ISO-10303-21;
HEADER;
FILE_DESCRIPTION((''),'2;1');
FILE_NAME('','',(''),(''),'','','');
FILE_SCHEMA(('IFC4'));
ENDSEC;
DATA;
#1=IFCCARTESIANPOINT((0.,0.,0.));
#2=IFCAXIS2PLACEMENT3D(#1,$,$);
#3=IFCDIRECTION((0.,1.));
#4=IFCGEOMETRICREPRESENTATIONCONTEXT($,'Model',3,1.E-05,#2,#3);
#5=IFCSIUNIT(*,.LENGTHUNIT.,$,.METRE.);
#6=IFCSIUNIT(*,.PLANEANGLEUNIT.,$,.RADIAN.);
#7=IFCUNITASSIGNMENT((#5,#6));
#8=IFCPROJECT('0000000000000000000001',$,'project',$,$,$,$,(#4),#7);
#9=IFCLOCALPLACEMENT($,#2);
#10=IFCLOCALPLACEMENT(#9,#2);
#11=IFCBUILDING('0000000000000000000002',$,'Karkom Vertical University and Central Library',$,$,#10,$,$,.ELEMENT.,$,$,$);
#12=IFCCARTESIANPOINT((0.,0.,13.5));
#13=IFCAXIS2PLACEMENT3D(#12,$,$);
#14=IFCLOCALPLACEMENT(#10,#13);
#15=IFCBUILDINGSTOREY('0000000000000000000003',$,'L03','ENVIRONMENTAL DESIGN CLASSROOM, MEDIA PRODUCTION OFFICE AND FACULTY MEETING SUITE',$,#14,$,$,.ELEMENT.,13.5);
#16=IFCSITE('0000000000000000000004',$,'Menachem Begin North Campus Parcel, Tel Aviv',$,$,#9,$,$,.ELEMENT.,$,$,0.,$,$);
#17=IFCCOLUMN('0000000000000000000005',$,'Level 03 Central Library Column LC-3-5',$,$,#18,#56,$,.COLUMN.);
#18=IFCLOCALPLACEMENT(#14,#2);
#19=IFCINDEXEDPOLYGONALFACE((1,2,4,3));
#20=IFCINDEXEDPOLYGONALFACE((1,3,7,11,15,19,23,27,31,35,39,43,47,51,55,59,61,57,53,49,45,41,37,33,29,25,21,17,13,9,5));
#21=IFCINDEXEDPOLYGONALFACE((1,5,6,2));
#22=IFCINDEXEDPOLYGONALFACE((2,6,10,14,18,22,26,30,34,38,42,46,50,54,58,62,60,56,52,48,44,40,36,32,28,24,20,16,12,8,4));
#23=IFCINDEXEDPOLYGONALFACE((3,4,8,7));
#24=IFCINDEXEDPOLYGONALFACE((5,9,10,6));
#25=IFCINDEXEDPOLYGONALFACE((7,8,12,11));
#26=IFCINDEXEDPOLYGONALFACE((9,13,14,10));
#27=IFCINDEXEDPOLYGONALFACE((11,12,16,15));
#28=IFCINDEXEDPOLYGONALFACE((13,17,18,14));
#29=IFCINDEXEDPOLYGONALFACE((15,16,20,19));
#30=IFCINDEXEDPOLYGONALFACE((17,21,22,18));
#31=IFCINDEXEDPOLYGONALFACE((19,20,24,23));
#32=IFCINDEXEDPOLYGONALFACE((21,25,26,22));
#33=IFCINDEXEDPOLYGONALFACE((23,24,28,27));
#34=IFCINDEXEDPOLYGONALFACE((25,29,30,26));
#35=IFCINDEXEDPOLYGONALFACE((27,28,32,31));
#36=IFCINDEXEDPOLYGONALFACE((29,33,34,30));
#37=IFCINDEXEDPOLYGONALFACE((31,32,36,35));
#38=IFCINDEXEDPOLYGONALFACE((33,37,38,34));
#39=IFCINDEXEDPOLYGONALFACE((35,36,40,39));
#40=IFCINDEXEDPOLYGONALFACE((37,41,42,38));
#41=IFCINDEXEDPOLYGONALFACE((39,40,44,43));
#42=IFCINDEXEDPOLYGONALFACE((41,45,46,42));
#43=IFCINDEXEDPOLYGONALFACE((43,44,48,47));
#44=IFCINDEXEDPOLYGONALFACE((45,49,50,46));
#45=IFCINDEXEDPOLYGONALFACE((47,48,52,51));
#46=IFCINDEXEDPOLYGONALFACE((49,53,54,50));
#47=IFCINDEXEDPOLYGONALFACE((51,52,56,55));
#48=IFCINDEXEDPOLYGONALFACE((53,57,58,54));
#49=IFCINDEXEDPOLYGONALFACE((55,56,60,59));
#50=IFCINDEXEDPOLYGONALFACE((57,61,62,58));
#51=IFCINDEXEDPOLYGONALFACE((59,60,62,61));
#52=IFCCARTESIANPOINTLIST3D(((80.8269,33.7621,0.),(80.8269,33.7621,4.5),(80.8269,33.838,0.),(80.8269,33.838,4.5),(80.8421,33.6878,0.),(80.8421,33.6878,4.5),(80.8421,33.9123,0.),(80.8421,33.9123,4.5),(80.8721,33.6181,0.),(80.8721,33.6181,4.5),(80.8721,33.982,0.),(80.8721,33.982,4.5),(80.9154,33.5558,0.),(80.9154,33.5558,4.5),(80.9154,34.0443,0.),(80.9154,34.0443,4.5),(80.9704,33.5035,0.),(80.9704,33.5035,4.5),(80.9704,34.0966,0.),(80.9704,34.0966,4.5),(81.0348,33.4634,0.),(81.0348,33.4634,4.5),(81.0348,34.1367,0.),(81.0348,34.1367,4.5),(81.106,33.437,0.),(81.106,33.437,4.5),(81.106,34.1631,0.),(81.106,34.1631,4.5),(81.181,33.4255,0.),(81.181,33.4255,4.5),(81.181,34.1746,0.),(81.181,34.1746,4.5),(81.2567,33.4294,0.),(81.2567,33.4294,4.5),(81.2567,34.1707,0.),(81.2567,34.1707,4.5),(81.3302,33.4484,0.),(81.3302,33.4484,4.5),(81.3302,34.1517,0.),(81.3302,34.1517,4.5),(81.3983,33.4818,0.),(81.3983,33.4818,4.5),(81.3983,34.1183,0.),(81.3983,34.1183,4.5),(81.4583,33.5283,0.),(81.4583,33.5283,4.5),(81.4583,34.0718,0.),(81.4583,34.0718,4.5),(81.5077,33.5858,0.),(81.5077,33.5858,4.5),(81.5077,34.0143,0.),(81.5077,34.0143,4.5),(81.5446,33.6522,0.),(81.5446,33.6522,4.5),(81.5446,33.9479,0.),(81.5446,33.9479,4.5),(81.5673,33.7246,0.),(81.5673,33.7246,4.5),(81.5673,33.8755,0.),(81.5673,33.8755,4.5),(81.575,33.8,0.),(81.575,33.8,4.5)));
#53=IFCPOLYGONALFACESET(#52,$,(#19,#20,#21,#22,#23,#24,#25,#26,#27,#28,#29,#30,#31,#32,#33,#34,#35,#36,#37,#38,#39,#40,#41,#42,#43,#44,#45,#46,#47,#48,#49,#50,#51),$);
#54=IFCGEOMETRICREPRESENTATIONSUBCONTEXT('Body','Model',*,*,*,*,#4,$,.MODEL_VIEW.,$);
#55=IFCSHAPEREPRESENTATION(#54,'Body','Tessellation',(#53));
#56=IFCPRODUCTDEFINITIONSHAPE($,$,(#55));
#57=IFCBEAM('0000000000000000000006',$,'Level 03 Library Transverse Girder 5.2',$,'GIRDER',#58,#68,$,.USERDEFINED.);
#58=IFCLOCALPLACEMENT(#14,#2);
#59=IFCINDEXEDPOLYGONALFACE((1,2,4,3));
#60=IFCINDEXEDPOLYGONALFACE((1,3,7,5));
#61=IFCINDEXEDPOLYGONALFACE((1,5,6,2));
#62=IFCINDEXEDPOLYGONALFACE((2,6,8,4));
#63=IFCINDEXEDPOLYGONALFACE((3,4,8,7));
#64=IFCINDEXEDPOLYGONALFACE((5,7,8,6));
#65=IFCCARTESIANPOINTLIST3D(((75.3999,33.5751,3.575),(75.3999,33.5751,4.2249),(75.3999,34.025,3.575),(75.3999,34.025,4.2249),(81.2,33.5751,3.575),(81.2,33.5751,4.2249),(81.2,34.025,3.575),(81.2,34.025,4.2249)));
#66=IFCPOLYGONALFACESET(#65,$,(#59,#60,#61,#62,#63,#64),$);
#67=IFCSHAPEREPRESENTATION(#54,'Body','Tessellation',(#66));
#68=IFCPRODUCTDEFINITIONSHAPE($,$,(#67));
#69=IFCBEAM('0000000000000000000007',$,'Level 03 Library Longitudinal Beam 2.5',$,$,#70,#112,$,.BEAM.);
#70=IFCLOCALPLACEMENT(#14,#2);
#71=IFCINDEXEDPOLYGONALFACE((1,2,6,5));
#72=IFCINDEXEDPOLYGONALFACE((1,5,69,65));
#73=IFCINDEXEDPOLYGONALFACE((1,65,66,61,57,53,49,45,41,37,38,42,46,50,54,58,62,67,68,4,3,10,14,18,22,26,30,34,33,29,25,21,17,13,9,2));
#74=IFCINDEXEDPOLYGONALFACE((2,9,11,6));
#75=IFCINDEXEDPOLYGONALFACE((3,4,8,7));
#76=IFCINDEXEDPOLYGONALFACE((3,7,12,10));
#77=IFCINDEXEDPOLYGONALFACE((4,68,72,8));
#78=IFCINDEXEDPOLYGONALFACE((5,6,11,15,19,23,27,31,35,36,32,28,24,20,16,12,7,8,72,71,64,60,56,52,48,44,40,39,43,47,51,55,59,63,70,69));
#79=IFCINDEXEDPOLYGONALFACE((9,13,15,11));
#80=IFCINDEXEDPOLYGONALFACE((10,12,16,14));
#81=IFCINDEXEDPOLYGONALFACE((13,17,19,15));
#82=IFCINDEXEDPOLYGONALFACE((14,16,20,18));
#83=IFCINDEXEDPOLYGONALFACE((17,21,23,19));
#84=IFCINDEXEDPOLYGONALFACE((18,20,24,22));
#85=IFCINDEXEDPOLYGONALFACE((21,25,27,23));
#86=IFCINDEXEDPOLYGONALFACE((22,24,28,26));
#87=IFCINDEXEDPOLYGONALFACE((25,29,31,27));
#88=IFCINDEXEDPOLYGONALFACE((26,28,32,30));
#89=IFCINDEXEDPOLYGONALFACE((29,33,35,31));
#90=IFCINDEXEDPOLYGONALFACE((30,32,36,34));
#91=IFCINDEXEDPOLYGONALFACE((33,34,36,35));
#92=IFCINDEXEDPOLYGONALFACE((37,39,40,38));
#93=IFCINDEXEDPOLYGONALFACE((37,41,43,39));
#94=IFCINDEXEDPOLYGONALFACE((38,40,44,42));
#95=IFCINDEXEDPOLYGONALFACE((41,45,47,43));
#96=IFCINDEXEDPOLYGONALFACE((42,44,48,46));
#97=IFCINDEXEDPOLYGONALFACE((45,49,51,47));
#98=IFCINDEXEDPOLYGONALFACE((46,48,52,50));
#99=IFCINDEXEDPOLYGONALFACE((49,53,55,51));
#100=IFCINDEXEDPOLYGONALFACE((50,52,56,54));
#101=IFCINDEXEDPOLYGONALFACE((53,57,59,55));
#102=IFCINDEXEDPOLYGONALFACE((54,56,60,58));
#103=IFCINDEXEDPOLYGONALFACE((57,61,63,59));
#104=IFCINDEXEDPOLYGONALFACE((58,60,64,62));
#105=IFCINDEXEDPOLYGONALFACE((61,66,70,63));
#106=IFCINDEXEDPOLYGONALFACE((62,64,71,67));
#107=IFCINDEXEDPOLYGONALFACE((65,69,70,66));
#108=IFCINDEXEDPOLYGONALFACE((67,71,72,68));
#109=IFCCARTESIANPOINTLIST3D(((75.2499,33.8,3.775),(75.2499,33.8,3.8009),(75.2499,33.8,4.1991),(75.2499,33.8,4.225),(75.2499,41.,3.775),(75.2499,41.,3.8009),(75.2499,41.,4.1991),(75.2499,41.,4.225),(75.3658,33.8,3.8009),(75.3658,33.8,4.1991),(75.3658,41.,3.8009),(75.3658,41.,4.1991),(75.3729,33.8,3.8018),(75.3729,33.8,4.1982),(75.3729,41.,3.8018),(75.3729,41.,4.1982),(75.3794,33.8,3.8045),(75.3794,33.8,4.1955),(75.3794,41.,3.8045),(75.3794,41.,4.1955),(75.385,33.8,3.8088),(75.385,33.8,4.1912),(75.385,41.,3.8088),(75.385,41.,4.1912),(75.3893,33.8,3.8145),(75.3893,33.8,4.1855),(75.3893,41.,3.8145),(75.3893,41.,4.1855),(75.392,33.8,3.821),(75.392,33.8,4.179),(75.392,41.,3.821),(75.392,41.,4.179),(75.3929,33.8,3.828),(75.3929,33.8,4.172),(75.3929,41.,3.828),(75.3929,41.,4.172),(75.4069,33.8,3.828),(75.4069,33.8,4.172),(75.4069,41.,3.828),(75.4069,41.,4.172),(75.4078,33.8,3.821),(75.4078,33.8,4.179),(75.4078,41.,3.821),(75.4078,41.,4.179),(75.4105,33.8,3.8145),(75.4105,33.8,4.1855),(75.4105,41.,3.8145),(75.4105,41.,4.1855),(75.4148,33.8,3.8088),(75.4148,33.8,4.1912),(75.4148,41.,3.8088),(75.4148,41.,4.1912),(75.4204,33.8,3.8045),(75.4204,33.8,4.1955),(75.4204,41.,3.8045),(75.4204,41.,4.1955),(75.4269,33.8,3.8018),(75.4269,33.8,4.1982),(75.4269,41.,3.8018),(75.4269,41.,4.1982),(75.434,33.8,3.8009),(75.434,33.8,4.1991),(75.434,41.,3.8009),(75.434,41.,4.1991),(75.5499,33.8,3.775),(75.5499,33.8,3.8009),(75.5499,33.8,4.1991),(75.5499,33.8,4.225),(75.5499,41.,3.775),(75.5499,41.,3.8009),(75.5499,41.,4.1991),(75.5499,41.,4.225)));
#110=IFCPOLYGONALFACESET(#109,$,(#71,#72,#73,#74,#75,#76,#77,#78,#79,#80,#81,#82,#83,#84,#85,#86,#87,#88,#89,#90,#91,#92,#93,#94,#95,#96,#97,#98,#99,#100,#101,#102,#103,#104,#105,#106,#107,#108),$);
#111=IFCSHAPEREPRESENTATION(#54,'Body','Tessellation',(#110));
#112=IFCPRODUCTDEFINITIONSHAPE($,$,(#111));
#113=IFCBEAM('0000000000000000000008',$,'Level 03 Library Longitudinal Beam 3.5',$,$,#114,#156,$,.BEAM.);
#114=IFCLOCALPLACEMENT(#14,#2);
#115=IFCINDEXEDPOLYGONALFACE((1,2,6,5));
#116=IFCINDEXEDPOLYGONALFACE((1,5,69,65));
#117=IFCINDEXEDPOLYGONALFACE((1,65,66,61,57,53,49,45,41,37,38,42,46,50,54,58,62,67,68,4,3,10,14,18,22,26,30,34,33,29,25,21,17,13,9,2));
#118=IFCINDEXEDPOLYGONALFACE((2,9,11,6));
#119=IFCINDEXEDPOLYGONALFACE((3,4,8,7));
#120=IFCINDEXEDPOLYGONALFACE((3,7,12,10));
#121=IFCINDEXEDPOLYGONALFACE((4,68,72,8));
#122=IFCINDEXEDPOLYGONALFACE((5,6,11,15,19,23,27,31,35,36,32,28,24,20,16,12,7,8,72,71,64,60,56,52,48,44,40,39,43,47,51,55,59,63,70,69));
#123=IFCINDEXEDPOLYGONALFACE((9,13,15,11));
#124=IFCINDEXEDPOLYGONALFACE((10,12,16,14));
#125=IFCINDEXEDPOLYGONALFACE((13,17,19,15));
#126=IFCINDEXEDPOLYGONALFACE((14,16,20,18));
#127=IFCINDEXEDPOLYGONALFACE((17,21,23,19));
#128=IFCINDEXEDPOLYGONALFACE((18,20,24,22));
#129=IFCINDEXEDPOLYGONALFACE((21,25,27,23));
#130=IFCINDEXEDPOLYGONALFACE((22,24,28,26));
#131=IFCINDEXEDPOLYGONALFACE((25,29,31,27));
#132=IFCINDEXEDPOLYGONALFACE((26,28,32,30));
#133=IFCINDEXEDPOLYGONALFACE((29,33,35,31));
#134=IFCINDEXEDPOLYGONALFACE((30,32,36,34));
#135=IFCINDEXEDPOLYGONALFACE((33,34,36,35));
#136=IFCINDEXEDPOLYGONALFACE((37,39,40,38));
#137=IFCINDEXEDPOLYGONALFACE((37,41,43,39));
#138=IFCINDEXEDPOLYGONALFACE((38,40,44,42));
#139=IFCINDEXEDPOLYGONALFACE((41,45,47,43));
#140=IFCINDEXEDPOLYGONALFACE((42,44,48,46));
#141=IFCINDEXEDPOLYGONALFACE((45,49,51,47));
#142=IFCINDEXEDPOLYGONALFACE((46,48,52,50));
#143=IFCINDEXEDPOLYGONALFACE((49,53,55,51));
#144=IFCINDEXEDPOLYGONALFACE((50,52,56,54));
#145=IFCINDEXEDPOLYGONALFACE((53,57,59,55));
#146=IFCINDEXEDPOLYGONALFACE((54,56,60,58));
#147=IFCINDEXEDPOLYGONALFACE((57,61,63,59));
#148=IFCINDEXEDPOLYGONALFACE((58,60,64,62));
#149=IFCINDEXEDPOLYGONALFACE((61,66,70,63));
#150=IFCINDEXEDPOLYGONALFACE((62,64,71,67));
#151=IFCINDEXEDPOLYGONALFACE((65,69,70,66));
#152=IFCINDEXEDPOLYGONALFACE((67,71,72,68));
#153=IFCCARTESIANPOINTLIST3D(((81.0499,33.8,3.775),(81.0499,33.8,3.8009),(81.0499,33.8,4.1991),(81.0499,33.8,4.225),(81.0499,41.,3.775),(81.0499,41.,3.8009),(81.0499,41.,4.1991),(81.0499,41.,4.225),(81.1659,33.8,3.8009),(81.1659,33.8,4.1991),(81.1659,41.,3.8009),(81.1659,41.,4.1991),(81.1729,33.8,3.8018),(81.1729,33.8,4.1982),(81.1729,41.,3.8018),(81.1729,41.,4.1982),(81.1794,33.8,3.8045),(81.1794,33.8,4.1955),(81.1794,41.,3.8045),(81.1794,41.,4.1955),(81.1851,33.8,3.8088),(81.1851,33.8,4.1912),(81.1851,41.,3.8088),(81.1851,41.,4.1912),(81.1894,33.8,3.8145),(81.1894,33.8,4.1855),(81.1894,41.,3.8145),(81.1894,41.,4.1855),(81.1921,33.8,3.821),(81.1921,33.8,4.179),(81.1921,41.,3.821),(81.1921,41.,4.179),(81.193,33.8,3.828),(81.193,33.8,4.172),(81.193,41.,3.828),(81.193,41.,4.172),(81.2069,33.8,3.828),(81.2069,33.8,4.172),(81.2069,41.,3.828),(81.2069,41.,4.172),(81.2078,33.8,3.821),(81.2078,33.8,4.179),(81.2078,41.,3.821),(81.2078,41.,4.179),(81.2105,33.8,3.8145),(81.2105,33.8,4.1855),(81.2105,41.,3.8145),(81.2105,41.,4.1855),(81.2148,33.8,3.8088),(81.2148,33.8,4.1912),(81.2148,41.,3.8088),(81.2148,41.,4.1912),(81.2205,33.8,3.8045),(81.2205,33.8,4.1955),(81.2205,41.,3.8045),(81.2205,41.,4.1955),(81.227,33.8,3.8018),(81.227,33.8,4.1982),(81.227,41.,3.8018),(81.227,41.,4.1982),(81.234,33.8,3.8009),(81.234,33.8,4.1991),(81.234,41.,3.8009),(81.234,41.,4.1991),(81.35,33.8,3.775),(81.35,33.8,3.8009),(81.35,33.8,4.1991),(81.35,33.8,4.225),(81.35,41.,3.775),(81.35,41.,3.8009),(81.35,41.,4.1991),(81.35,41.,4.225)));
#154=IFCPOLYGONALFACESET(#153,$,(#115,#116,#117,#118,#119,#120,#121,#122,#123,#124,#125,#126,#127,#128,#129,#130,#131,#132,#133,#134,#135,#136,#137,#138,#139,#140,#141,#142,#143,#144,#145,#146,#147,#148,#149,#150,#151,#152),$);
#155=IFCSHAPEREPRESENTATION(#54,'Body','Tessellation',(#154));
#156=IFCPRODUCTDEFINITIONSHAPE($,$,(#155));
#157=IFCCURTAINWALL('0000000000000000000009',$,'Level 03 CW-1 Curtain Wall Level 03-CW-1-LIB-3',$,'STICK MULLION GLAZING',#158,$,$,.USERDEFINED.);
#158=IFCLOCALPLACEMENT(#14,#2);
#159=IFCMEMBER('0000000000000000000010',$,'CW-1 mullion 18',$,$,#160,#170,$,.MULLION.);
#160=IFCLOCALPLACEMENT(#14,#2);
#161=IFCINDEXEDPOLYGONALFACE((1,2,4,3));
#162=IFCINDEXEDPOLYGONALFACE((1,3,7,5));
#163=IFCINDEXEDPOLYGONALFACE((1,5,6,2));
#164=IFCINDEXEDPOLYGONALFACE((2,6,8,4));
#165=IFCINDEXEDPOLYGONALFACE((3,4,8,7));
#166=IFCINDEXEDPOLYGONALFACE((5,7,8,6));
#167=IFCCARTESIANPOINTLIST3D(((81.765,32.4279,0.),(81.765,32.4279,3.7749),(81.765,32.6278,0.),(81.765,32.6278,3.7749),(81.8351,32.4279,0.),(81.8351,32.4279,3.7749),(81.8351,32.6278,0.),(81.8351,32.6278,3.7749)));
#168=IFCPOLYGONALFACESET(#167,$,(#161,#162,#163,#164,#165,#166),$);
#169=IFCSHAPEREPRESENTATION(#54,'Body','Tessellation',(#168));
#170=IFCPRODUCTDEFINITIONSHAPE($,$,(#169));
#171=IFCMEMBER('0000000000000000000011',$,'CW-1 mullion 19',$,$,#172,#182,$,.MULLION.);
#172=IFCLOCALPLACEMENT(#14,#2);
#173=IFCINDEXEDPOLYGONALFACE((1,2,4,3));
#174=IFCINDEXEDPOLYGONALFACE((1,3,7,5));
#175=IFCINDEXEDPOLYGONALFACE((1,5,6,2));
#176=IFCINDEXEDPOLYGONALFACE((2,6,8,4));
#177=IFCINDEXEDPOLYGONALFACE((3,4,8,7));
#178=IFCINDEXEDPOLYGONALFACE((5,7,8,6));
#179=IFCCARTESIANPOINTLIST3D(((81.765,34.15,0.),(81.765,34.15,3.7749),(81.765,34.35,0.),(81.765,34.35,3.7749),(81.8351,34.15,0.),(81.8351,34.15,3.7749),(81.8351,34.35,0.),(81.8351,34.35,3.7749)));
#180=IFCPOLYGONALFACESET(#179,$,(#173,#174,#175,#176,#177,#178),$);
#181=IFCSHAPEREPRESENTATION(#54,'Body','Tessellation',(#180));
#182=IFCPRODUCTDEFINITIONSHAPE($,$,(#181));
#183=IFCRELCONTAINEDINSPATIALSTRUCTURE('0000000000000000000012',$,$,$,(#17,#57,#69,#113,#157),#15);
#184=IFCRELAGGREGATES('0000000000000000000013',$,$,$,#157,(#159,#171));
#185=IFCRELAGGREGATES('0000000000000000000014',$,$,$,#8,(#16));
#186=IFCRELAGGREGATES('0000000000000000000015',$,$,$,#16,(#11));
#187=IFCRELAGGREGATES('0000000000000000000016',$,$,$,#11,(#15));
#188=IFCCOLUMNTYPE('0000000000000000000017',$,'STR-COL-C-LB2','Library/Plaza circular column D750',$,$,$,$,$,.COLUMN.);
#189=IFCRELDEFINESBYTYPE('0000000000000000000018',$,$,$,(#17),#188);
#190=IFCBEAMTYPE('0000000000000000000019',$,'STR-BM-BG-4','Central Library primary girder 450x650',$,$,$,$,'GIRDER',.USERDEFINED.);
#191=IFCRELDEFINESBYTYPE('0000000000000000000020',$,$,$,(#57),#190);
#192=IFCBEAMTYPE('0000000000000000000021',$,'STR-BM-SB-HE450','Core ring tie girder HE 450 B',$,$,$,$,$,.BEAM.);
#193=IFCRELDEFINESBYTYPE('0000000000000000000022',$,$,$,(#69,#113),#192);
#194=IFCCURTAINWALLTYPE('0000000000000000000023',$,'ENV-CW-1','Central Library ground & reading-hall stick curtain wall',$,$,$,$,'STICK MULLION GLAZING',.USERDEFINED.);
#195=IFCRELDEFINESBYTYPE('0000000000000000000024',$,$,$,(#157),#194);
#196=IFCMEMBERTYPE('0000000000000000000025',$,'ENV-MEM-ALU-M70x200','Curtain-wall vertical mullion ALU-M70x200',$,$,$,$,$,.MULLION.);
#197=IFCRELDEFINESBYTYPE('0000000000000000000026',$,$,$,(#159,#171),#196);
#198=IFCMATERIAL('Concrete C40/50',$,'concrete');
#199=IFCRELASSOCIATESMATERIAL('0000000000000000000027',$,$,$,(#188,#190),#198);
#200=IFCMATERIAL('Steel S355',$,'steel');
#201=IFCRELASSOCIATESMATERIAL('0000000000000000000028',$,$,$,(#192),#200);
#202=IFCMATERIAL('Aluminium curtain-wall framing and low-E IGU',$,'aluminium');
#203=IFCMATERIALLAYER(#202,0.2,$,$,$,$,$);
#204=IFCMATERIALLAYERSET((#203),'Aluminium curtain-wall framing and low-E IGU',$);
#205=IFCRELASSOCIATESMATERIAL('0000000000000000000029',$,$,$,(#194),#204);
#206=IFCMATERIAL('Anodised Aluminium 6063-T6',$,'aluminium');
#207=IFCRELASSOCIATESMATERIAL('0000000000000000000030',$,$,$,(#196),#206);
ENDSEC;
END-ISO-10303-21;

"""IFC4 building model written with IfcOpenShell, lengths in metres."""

from ifc_helpers import new_model, si_unit, direction, frame, origin, origin_with_axes, origin_2d, place, context, subcontext, project, spatial, rectangle, circle, i_section, extrude, source, transform, mapped, material, layer, layer_set, material_profile, profile_set, type_object, element, aggregate, save


model = new_model("IFC4")

# Units and contexts
model_context = context("Model", 3, precision=1e-05, world=origin(), true_north=direction((0.0, 1.0)))
body_context = subcontext(model_context, "Body", "Model", "MODEL_VIEW")
ifc_project = project(units=[si_unit("LENGTHUNIT", "METRE"), si_unit("PLANEANGLEUNIT", "RADIAN")], contexts=[model_context])

# Site, building, storey
site_placement = place(None, origin())
site = spatial("IfcSite", under=ifc_project, at=site_placement, Name="Menachem Begin North Campus Parcel, Tel Aviv", CompositionType="ELEMENT", RefElevation=0.0)
building_placement = place(site_placement, origin())
building = spatial("IfcBuilding", under=site, at=building_placement, Name="Karkom Vertical University and Central Library", CompositionType="ELEMENT")
storey_placement = place(building_placement, frame((0.0, 0.0, 13.5)))
storey = spatial("IfcBuildingStorey", under=building, at=storey_placement, Name="L03", Description="ENVIRONMENTAL DESIGN CLASSROOM, MEDIA PRODUCTION OFFICE AND FACULTY MEETING SUITE", CompositionType="ELEMENT", Elevation=13.5)

# Column
ifc_material_1 = material(Name="Concrete C40/50", Category="concrete")
ifc_material_profile_1 = material_profile(ifc_material_1, circle(Radius=0.375, at=origin_2d()), Name="RC-D750")
ifc_profile_set_1 = profile_set([ifc_material_profile_1], Name="Concrete C40/50")
column_type = type_object("IfcColumnType", Name="STR-COL-C-LB2", Description="Library/Plaza circular column D750", PredefinedType="COLUMN", material=ifc_profile_set_1)
shared_shape_1 = source(origin_with_axes(), body_context, "Body", "SweptSolid", [
    extrude(circle(Radius=0.375, at=origin_2d()), origin(), (0.0, 0.0, 1.0), 4.5),
])
column_placement = place(storey_placement, frame((81.2, 33.8, 0.0), z_axis=(0.0, 0.0, 1.0), x_axis=(1.0, 0.0, 0.0)))
element("IfcColumn", 1, at=column_placement, inside=storey, type_object=column_type, Name="Level 03 Central Library Column LC-3-5", PredefinedType="COLUMN", context=body_context, shape_type="MappedRepresentation", body=[
    mapped(shared_shape_1, transform((0.0, 0.0, 0.0), scale=1.0)),
])

# Beams
ifc_material_profile_2 = material_profile(ifc_material_1, rectangle(XDim=0.45, YDim=0.6499, at=origin_2d()), Name="RCB-450x650")
ifc_profile_set_2 = profile_set([ifc_material_profile_2], Name="Concrete C40/50")
beam_type_1 = type_object("IfcBeamType", Name="STR-BM-BG-4", Description="Central Library primary girder 450x650", ElementType="GIRDER", PredefinedType="USERDEFINED", material=ifc_profile_set_2)
shared_shape_2 = source(origin_with_axes(), body_context, "Body", "SweptSolid", [
    extrude(rectangle(XDim=0.45, YDim=0.6499, at=origin_2d()), origin(), (0.0, 0.0, 1.0), 5.8),
])
beam_placement = place(storey_placement, frame((75.3999, 33.8, 3.8999), z_axis=(1.0, 0.0, 0.0), x_axis=(0.0, 1.0, 0.0)))
element("IfcBeam", 2, at=beam_placement, inside=storey, type_object=beam_type_1, Name="Level 03 Library Transverse Girder 5.2", ObjectType="GIRDER", PredefinedType="USERDEFINED", context=body_context, shape_type="MappedRepresentation", body=[
    mapped(shared_shape_2, transform((0.0, 0.0, 0.0), scale=1.0)),
])
ifc_material_2 = material(Name="Steel S355", Category="steel")
ifc_material_profile_3 = material_profile(ifc_material_2, i_section(OverallWidth=0.3, OverallDepth=0.45, WebThickness=0.0139, FlangeThickness=0.0259, FilletRadius=0.0271, at=origin_2d()), Name="HE 450 B")
ifc_profile_set_3 = profile_set([ifc_material_profile_3], Name="Steel S355")
beam_type_2 = type_object("IfcBeamType", Name="STR-BM-SB-HE450", Description="Core ring tie girder HE 450 B", PredefinedType="BEAM", material=ifc_profile_set_3)
shared_shape_3 = source(origin_with_axes(), body_context, "Body", "SweptSolid", [
    extrude(i_section(OverallWidth=0.3, OverallDepth=0.45, WebThickness=0.0139, FlangeThickness=0.0259, FilletRadius=0.0271, at=origin_2d()), origin(), (0.0, 0.0, 1.0), 7.2),
])
for number, where, z_axis, x_axis, name in (
    (3, (75.3999, 33.8, 4.0), (0.0, 1.0, 0.0), (-1.0, 0.0, 0.0), "Level 03 Library Longitudinal Beam 2.5"),
    (4, (81.2, 33.8, 4.0), (0.0, 1.0, 0.0), (-1.0, 0.0, 0.0), "Level 03 Library Longitudinal Beam 3.5"),
):
    element("IfcBeam", number, at=place(storey_placement, frame(where, z_axis=z_axis, x_axis=x_axis)), inside=storey, type_object=beam_type_2, Name=name, PredefinedType="BEAM", context=body_context, shape_type="MappedRepresentation", body=[
        mapped(shared_shape_3, transform((0.0, 0.0, 0.0), scale=1.0)),
    ])

# Curtain wall, members
ifc_material_3 = material(Name="Aluminium curtain-wall framing and low-E IGU", Category="aluminium")
ifc_layer_1 = layer(ifc_material_3, 0.2)
ifc_layer_set_1 = layer_set([ifc_layer_1], Name="Aluminium curtain-wall framing and low-E IGU")
curtain_wall_type = type_object("IfcCurtainWallType", Name="ENV-CW-1", Description="Central Library ground & reading-hall stick curtain wall", ElementType="STICK MULLION GLAZING", PredefinedType="USERDEFINED", material=ifc_layer_set_1)
curtain_wall_placement = place(storey_placement, origin())
curtain_wall = element("IfcCurtainWall", 5, at=curtain_wall_placement, inside=storey, type_object=curtain_wall_type, Name="Level 03 CW-1 Curtain Wall Level 03-CW-1-LIB-3", ObjectType="STICK MULLION GLAZING", PredefinedType="USERDEFINED")
ifc_material_4 = material(Name="Anodised Aluminium 6063-T6", Category="aluminium")
ifc_material_profile_4 = material_profile(ifc_material_4, rectangle(XDim=0.0701, YDim=0.2, at=origin_2d()), Name="ALU-M70x200")
ifc_profile_set_4 = profile_set([ifc_material_profile_4], Name="Anodised Aluminium 6063-T6")
member_type_1 = type_object("IfcMemberType", Name="ENV-MEM-ALU-M70x200", Description="Curtain-wall vertical mullion ALU-M70x200", PredefinedType="MULLION", material=ifc_profile_set_4)
shared_shape_4 = source(origin_with_axes(), body_context, "Body", "SweptSolid", [
    extrude(rectangle(XDim=0.0701, YDim=0.2, at=origin_2d()), origin(), (0.0, 0.0, 1.0), 3.7749),
])
member_1_placement = place(storey_placement, frame((81.8, 32.5278, 0.0), z_axis=(0.0, 0.0, 1.0), x_axis=(-1.0, 0.0, 0.0)))
member_1 = element("IfcMember", 6, at=member_1_placement, type_object=member_type_1, Name="CW-1 mullion 18", PredefinedType="MULLION", context=body_context, shape_type="MappedRepresentation", body=[
    mapped(shared_shape_4, transform((0.0, 0.0, 0.0), scale=1.0)),
])
member_2_placement = place(storey_placement, frame((81.8, 34.25, 0.0), z_axis=(0.0, 0.0, 1.0), x_axis=(-1.0, 0.0, 0.0)))
member_2 = element("IfcMember", 7, at=member_2_placement, type_object=member_type_1, Name="CW-1 mullion 19", PredefinedType="MULLION", context=body_context, shape_type="MappedRepresentation", body=[
    mapped(shared_shape_4, transform((0.0, 0.0, 0.0), scale=1.0)),
])
aggregate(curtain_wall, [member_1, member_2])

save(model, "model.ifc")
